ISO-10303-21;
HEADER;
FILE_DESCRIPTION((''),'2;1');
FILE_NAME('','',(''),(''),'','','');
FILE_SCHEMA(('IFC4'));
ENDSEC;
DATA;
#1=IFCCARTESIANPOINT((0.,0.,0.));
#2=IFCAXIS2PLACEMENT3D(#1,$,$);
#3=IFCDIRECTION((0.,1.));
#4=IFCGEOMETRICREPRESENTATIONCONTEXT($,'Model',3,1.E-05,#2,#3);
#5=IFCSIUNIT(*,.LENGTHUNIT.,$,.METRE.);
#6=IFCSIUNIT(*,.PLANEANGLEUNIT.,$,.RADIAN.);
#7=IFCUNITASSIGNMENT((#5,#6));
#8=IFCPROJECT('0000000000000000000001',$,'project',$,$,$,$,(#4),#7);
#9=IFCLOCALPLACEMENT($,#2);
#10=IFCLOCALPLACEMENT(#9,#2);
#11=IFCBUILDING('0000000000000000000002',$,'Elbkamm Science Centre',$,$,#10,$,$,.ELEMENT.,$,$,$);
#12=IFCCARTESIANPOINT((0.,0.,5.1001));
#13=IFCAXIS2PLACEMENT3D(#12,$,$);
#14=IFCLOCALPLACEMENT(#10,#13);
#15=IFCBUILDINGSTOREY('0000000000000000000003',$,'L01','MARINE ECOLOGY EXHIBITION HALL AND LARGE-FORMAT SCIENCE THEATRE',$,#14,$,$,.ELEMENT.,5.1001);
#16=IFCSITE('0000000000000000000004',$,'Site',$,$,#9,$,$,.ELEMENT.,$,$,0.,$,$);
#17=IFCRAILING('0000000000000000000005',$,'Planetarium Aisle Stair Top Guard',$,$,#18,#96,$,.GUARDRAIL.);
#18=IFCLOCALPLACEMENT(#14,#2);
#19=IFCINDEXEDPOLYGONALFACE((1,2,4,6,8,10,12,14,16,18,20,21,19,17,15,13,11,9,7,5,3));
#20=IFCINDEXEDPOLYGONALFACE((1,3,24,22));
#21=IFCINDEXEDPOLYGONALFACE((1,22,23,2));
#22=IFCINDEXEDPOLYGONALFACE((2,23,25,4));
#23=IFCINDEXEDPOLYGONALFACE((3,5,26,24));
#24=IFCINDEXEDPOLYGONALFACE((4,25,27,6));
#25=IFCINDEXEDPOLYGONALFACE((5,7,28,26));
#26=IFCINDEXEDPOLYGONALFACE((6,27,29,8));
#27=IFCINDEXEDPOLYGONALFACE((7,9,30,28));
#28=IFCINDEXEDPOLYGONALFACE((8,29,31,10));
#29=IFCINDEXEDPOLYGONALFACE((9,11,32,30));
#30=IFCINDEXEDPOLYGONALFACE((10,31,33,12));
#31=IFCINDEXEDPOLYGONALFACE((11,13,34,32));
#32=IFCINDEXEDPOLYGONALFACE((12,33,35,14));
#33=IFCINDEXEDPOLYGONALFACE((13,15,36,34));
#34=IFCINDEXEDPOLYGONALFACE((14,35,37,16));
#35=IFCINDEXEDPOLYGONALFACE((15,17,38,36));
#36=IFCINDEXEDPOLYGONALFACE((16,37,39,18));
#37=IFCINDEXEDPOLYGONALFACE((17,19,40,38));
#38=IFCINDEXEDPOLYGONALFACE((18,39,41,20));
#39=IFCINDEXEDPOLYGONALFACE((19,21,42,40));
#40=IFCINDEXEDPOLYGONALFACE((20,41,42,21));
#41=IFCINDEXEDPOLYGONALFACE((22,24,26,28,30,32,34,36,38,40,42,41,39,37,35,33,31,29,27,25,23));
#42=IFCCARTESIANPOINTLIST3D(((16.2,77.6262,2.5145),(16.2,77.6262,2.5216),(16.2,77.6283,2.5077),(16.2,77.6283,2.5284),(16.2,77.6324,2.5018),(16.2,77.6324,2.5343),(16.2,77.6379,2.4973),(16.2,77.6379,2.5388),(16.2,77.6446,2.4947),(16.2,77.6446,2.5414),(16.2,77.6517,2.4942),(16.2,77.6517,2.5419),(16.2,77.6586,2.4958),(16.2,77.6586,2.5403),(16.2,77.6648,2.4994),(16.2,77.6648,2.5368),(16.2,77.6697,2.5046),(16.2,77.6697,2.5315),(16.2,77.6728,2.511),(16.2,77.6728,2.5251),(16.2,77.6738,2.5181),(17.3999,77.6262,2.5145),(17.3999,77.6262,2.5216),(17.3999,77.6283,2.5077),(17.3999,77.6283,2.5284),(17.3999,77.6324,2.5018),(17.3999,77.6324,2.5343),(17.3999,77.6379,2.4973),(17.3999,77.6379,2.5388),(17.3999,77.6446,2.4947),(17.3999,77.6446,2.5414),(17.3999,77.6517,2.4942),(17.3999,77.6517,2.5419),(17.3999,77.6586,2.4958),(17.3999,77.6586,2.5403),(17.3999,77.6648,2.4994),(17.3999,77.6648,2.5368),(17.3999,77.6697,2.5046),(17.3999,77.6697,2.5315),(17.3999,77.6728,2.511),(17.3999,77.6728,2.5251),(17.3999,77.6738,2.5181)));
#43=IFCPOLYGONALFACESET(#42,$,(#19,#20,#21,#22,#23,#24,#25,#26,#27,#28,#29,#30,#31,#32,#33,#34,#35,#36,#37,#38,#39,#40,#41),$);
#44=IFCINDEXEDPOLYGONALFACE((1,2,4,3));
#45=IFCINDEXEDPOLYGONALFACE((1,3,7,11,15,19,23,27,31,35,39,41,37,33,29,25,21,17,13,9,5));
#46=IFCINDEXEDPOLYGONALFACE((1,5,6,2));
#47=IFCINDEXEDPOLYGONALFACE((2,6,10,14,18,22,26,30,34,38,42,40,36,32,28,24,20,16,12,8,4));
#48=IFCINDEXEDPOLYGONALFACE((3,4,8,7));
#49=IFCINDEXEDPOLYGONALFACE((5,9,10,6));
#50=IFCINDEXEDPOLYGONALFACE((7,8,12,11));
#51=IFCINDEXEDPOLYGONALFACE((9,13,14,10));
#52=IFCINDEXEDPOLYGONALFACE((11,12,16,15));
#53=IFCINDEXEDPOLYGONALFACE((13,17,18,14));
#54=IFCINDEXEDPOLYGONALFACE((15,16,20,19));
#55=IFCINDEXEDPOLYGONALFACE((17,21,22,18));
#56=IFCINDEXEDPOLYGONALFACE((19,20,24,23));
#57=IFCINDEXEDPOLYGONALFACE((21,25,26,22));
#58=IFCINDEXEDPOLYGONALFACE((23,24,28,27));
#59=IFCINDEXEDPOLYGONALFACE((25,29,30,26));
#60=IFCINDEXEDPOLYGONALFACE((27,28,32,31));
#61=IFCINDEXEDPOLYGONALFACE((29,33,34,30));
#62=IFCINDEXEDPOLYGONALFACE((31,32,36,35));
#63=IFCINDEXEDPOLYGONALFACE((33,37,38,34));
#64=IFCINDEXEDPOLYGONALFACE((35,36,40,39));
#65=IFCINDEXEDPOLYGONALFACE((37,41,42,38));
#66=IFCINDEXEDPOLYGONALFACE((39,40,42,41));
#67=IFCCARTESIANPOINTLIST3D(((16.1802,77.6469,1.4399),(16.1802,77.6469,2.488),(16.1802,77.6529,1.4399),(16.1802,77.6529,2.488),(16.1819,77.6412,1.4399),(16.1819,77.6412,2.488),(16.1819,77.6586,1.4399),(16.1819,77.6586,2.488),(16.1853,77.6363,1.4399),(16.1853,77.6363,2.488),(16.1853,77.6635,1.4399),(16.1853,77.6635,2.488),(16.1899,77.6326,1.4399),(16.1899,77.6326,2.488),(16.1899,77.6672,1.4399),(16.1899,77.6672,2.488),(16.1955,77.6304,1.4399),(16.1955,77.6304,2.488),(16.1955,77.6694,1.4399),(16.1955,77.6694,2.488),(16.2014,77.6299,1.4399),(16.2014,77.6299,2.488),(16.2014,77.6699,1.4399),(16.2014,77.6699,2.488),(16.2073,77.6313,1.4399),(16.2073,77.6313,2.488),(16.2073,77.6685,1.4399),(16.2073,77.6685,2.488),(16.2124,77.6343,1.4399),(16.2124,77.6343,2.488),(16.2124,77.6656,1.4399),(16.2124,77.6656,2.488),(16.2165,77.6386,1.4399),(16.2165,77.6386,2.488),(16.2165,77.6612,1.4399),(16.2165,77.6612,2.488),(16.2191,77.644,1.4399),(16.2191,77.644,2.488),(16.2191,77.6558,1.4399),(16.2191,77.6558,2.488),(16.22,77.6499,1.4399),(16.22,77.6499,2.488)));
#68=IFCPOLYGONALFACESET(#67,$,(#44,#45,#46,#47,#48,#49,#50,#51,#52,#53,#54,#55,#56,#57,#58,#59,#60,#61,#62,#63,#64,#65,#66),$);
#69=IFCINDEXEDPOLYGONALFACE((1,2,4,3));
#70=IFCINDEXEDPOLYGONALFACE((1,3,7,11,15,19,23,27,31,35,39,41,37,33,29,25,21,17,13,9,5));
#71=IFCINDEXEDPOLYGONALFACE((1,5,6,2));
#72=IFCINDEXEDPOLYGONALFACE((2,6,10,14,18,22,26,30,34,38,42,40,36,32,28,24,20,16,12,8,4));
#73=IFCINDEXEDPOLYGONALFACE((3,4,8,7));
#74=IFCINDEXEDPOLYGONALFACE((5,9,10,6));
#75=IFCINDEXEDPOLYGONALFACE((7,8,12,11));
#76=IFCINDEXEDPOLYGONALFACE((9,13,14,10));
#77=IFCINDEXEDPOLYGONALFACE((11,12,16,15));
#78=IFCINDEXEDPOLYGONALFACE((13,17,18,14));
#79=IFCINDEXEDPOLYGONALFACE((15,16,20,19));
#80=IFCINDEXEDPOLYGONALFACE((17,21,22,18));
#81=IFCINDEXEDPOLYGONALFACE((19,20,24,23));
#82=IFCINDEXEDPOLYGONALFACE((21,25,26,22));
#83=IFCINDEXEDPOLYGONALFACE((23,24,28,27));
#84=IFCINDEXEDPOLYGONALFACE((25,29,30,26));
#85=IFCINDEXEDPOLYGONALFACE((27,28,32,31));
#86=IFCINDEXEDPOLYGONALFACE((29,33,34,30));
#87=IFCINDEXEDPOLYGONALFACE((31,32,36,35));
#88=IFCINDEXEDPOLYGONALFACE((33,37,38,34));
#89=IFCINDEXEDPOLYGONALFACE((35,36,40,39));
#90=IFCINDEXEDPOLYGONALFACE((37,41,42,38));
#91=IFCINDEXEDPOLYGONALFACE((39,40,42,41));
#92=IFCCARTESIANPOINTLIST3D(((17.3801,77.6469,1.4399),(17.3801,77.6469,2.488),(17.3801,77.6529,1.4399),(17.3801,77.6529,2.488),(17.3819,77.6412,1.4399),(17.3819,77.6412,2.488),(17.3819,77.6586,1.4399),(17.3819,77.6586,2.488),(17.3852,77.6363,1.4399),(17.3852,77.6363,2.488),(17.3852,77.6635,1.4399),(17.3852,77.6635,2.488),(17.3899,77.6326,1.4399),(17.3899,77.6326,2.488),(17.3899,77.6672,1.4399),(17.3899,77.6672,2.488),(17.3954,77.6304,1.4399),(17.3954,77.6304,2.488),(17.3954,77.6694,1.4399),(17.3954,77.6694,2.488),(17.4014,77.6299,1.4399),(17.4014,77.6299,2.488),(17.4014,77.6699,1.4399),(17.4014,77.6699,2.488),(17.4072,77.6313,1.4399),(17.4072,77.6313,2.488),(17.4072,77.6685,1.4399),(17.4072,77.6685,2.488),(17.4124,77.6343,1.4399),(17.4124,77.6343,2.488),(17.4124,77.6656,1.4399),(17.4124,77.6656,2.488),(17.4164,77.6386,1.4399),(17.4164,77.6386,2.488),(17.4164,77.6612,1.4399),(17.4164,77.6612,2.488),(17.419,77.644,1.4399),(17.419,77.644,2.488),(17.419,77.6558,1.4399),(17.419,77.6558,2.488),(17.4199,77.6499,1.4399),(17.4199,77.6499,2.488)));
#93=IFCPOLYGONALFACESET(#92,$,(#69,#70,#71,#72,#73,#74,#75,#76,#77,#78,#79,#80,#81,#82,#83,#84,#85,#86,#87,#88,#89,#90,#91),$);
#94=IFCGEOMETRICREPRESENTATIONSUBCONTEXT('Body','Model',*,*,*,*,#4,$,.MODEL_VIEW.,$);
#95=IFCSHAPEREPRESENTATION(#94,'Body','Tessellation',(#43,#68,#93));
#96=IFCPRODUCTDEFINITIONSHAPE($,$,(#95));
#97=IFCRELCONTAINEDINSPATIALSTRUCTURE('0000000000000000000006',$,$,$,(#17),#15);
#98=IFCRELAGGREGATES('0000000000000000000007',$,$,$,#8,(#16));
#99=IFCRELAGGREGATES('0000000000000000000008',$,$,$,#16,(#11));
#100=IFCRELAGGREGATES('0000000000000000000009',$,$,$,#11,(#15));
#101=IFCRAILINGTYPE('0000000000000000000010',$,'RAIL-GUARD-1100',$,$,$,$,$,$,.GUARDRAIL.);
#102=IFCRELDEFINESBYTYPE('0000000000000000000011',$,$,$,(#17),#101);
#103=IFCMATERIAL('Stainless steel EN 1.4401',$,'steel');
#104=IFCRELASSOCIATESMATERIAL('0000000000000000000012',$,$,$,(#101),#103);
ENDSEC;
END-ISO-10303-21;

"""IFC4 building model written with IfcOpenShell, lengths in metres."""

from ifc_helpers import new_model, si_unit, direction, frame, origin, origin_2d, place, context, subcontext, project, spatial, circle, extrude, material, type_object, element, save


model = new_model("IFC4")

# Units and contexts
model_context = context("Model", 3, precision=1e-05, world=origin(), true_north=direction((0.0, 1.0)))
body_context = subcontext(model_context, "Body", "Model", "MODEL_VIEW")
ifc_project = project(units=[si_unit("LENGTHUNIT", "METRE"), si_unit("PLANEANGLEUNIT", "RADIAN")], contexts=[model_context])

# Site, building, storey
site_placement = place(None, origin())
site = spatial("IfcSite", under=ifc_project, at=site_placement, Name="Site", CompositionType="ELEMENT", RefElevation=0.0)
building_placement = place(site_placement, origin())
building = spatial("IfcBuilding", under=site, at=building_placement, Name="Elbkamm Science Centre", CompositionType="ELEMENT")
storey_placement = place(building_placement, frame((0.0, 0.0, 5.1001)))
storey = spatial("IfcBuildingStorey", under=building, at=storey_placement, Name="L01", Description="MARINE ECOLOGY EXHIBITION HALL AND LARGE-FORMAT SCIENCE THEATRE", CompositionType="ELEMENT", Elevation=5.1001)

# Railing
ifc_material_1 = material(Name="Stainless steel EN 1.4401", Category="steel")
railing_type_1 = type_object("IfcRailingType", Name="RAIL-GUARD-1100", PredefinedType="GUARDRAIL", material=ifc_material_1)
railing_1_placement = place(storey_placement, frame((16.2, 77.6499, 1.4399)))
element("IfcRailing", 1, at=railing_1_placement, inside=storey, type_object=railing_type_1, Name="Planetarium Aisle Stair Top Guard", PredefinedType="GUARDRAIL", context=body_context, shape_type="SweptSolid", body=[
    extrude(circle(Radius=0.0239, at=origin_2d()), frame((0.0, 0.0, 1.0781), z_axis=(1.0, 0.0, 0.0), x_axis=(0.0, 1.0, 0.0)), (0.0, 0.0, 1.0), 1.2),
    extrude(circle(Radius=0.02, at=origin_2d()), origin(), (0.0, 0.0, 1.0), 1.0481),
    extrude(circle(Radius=0.02, at=origin_2d()), frame((1.2, 0.0, 0.0)), (0.0, 0.0, 1.0), 1.0481),
])

save(model, "model.ifc")
